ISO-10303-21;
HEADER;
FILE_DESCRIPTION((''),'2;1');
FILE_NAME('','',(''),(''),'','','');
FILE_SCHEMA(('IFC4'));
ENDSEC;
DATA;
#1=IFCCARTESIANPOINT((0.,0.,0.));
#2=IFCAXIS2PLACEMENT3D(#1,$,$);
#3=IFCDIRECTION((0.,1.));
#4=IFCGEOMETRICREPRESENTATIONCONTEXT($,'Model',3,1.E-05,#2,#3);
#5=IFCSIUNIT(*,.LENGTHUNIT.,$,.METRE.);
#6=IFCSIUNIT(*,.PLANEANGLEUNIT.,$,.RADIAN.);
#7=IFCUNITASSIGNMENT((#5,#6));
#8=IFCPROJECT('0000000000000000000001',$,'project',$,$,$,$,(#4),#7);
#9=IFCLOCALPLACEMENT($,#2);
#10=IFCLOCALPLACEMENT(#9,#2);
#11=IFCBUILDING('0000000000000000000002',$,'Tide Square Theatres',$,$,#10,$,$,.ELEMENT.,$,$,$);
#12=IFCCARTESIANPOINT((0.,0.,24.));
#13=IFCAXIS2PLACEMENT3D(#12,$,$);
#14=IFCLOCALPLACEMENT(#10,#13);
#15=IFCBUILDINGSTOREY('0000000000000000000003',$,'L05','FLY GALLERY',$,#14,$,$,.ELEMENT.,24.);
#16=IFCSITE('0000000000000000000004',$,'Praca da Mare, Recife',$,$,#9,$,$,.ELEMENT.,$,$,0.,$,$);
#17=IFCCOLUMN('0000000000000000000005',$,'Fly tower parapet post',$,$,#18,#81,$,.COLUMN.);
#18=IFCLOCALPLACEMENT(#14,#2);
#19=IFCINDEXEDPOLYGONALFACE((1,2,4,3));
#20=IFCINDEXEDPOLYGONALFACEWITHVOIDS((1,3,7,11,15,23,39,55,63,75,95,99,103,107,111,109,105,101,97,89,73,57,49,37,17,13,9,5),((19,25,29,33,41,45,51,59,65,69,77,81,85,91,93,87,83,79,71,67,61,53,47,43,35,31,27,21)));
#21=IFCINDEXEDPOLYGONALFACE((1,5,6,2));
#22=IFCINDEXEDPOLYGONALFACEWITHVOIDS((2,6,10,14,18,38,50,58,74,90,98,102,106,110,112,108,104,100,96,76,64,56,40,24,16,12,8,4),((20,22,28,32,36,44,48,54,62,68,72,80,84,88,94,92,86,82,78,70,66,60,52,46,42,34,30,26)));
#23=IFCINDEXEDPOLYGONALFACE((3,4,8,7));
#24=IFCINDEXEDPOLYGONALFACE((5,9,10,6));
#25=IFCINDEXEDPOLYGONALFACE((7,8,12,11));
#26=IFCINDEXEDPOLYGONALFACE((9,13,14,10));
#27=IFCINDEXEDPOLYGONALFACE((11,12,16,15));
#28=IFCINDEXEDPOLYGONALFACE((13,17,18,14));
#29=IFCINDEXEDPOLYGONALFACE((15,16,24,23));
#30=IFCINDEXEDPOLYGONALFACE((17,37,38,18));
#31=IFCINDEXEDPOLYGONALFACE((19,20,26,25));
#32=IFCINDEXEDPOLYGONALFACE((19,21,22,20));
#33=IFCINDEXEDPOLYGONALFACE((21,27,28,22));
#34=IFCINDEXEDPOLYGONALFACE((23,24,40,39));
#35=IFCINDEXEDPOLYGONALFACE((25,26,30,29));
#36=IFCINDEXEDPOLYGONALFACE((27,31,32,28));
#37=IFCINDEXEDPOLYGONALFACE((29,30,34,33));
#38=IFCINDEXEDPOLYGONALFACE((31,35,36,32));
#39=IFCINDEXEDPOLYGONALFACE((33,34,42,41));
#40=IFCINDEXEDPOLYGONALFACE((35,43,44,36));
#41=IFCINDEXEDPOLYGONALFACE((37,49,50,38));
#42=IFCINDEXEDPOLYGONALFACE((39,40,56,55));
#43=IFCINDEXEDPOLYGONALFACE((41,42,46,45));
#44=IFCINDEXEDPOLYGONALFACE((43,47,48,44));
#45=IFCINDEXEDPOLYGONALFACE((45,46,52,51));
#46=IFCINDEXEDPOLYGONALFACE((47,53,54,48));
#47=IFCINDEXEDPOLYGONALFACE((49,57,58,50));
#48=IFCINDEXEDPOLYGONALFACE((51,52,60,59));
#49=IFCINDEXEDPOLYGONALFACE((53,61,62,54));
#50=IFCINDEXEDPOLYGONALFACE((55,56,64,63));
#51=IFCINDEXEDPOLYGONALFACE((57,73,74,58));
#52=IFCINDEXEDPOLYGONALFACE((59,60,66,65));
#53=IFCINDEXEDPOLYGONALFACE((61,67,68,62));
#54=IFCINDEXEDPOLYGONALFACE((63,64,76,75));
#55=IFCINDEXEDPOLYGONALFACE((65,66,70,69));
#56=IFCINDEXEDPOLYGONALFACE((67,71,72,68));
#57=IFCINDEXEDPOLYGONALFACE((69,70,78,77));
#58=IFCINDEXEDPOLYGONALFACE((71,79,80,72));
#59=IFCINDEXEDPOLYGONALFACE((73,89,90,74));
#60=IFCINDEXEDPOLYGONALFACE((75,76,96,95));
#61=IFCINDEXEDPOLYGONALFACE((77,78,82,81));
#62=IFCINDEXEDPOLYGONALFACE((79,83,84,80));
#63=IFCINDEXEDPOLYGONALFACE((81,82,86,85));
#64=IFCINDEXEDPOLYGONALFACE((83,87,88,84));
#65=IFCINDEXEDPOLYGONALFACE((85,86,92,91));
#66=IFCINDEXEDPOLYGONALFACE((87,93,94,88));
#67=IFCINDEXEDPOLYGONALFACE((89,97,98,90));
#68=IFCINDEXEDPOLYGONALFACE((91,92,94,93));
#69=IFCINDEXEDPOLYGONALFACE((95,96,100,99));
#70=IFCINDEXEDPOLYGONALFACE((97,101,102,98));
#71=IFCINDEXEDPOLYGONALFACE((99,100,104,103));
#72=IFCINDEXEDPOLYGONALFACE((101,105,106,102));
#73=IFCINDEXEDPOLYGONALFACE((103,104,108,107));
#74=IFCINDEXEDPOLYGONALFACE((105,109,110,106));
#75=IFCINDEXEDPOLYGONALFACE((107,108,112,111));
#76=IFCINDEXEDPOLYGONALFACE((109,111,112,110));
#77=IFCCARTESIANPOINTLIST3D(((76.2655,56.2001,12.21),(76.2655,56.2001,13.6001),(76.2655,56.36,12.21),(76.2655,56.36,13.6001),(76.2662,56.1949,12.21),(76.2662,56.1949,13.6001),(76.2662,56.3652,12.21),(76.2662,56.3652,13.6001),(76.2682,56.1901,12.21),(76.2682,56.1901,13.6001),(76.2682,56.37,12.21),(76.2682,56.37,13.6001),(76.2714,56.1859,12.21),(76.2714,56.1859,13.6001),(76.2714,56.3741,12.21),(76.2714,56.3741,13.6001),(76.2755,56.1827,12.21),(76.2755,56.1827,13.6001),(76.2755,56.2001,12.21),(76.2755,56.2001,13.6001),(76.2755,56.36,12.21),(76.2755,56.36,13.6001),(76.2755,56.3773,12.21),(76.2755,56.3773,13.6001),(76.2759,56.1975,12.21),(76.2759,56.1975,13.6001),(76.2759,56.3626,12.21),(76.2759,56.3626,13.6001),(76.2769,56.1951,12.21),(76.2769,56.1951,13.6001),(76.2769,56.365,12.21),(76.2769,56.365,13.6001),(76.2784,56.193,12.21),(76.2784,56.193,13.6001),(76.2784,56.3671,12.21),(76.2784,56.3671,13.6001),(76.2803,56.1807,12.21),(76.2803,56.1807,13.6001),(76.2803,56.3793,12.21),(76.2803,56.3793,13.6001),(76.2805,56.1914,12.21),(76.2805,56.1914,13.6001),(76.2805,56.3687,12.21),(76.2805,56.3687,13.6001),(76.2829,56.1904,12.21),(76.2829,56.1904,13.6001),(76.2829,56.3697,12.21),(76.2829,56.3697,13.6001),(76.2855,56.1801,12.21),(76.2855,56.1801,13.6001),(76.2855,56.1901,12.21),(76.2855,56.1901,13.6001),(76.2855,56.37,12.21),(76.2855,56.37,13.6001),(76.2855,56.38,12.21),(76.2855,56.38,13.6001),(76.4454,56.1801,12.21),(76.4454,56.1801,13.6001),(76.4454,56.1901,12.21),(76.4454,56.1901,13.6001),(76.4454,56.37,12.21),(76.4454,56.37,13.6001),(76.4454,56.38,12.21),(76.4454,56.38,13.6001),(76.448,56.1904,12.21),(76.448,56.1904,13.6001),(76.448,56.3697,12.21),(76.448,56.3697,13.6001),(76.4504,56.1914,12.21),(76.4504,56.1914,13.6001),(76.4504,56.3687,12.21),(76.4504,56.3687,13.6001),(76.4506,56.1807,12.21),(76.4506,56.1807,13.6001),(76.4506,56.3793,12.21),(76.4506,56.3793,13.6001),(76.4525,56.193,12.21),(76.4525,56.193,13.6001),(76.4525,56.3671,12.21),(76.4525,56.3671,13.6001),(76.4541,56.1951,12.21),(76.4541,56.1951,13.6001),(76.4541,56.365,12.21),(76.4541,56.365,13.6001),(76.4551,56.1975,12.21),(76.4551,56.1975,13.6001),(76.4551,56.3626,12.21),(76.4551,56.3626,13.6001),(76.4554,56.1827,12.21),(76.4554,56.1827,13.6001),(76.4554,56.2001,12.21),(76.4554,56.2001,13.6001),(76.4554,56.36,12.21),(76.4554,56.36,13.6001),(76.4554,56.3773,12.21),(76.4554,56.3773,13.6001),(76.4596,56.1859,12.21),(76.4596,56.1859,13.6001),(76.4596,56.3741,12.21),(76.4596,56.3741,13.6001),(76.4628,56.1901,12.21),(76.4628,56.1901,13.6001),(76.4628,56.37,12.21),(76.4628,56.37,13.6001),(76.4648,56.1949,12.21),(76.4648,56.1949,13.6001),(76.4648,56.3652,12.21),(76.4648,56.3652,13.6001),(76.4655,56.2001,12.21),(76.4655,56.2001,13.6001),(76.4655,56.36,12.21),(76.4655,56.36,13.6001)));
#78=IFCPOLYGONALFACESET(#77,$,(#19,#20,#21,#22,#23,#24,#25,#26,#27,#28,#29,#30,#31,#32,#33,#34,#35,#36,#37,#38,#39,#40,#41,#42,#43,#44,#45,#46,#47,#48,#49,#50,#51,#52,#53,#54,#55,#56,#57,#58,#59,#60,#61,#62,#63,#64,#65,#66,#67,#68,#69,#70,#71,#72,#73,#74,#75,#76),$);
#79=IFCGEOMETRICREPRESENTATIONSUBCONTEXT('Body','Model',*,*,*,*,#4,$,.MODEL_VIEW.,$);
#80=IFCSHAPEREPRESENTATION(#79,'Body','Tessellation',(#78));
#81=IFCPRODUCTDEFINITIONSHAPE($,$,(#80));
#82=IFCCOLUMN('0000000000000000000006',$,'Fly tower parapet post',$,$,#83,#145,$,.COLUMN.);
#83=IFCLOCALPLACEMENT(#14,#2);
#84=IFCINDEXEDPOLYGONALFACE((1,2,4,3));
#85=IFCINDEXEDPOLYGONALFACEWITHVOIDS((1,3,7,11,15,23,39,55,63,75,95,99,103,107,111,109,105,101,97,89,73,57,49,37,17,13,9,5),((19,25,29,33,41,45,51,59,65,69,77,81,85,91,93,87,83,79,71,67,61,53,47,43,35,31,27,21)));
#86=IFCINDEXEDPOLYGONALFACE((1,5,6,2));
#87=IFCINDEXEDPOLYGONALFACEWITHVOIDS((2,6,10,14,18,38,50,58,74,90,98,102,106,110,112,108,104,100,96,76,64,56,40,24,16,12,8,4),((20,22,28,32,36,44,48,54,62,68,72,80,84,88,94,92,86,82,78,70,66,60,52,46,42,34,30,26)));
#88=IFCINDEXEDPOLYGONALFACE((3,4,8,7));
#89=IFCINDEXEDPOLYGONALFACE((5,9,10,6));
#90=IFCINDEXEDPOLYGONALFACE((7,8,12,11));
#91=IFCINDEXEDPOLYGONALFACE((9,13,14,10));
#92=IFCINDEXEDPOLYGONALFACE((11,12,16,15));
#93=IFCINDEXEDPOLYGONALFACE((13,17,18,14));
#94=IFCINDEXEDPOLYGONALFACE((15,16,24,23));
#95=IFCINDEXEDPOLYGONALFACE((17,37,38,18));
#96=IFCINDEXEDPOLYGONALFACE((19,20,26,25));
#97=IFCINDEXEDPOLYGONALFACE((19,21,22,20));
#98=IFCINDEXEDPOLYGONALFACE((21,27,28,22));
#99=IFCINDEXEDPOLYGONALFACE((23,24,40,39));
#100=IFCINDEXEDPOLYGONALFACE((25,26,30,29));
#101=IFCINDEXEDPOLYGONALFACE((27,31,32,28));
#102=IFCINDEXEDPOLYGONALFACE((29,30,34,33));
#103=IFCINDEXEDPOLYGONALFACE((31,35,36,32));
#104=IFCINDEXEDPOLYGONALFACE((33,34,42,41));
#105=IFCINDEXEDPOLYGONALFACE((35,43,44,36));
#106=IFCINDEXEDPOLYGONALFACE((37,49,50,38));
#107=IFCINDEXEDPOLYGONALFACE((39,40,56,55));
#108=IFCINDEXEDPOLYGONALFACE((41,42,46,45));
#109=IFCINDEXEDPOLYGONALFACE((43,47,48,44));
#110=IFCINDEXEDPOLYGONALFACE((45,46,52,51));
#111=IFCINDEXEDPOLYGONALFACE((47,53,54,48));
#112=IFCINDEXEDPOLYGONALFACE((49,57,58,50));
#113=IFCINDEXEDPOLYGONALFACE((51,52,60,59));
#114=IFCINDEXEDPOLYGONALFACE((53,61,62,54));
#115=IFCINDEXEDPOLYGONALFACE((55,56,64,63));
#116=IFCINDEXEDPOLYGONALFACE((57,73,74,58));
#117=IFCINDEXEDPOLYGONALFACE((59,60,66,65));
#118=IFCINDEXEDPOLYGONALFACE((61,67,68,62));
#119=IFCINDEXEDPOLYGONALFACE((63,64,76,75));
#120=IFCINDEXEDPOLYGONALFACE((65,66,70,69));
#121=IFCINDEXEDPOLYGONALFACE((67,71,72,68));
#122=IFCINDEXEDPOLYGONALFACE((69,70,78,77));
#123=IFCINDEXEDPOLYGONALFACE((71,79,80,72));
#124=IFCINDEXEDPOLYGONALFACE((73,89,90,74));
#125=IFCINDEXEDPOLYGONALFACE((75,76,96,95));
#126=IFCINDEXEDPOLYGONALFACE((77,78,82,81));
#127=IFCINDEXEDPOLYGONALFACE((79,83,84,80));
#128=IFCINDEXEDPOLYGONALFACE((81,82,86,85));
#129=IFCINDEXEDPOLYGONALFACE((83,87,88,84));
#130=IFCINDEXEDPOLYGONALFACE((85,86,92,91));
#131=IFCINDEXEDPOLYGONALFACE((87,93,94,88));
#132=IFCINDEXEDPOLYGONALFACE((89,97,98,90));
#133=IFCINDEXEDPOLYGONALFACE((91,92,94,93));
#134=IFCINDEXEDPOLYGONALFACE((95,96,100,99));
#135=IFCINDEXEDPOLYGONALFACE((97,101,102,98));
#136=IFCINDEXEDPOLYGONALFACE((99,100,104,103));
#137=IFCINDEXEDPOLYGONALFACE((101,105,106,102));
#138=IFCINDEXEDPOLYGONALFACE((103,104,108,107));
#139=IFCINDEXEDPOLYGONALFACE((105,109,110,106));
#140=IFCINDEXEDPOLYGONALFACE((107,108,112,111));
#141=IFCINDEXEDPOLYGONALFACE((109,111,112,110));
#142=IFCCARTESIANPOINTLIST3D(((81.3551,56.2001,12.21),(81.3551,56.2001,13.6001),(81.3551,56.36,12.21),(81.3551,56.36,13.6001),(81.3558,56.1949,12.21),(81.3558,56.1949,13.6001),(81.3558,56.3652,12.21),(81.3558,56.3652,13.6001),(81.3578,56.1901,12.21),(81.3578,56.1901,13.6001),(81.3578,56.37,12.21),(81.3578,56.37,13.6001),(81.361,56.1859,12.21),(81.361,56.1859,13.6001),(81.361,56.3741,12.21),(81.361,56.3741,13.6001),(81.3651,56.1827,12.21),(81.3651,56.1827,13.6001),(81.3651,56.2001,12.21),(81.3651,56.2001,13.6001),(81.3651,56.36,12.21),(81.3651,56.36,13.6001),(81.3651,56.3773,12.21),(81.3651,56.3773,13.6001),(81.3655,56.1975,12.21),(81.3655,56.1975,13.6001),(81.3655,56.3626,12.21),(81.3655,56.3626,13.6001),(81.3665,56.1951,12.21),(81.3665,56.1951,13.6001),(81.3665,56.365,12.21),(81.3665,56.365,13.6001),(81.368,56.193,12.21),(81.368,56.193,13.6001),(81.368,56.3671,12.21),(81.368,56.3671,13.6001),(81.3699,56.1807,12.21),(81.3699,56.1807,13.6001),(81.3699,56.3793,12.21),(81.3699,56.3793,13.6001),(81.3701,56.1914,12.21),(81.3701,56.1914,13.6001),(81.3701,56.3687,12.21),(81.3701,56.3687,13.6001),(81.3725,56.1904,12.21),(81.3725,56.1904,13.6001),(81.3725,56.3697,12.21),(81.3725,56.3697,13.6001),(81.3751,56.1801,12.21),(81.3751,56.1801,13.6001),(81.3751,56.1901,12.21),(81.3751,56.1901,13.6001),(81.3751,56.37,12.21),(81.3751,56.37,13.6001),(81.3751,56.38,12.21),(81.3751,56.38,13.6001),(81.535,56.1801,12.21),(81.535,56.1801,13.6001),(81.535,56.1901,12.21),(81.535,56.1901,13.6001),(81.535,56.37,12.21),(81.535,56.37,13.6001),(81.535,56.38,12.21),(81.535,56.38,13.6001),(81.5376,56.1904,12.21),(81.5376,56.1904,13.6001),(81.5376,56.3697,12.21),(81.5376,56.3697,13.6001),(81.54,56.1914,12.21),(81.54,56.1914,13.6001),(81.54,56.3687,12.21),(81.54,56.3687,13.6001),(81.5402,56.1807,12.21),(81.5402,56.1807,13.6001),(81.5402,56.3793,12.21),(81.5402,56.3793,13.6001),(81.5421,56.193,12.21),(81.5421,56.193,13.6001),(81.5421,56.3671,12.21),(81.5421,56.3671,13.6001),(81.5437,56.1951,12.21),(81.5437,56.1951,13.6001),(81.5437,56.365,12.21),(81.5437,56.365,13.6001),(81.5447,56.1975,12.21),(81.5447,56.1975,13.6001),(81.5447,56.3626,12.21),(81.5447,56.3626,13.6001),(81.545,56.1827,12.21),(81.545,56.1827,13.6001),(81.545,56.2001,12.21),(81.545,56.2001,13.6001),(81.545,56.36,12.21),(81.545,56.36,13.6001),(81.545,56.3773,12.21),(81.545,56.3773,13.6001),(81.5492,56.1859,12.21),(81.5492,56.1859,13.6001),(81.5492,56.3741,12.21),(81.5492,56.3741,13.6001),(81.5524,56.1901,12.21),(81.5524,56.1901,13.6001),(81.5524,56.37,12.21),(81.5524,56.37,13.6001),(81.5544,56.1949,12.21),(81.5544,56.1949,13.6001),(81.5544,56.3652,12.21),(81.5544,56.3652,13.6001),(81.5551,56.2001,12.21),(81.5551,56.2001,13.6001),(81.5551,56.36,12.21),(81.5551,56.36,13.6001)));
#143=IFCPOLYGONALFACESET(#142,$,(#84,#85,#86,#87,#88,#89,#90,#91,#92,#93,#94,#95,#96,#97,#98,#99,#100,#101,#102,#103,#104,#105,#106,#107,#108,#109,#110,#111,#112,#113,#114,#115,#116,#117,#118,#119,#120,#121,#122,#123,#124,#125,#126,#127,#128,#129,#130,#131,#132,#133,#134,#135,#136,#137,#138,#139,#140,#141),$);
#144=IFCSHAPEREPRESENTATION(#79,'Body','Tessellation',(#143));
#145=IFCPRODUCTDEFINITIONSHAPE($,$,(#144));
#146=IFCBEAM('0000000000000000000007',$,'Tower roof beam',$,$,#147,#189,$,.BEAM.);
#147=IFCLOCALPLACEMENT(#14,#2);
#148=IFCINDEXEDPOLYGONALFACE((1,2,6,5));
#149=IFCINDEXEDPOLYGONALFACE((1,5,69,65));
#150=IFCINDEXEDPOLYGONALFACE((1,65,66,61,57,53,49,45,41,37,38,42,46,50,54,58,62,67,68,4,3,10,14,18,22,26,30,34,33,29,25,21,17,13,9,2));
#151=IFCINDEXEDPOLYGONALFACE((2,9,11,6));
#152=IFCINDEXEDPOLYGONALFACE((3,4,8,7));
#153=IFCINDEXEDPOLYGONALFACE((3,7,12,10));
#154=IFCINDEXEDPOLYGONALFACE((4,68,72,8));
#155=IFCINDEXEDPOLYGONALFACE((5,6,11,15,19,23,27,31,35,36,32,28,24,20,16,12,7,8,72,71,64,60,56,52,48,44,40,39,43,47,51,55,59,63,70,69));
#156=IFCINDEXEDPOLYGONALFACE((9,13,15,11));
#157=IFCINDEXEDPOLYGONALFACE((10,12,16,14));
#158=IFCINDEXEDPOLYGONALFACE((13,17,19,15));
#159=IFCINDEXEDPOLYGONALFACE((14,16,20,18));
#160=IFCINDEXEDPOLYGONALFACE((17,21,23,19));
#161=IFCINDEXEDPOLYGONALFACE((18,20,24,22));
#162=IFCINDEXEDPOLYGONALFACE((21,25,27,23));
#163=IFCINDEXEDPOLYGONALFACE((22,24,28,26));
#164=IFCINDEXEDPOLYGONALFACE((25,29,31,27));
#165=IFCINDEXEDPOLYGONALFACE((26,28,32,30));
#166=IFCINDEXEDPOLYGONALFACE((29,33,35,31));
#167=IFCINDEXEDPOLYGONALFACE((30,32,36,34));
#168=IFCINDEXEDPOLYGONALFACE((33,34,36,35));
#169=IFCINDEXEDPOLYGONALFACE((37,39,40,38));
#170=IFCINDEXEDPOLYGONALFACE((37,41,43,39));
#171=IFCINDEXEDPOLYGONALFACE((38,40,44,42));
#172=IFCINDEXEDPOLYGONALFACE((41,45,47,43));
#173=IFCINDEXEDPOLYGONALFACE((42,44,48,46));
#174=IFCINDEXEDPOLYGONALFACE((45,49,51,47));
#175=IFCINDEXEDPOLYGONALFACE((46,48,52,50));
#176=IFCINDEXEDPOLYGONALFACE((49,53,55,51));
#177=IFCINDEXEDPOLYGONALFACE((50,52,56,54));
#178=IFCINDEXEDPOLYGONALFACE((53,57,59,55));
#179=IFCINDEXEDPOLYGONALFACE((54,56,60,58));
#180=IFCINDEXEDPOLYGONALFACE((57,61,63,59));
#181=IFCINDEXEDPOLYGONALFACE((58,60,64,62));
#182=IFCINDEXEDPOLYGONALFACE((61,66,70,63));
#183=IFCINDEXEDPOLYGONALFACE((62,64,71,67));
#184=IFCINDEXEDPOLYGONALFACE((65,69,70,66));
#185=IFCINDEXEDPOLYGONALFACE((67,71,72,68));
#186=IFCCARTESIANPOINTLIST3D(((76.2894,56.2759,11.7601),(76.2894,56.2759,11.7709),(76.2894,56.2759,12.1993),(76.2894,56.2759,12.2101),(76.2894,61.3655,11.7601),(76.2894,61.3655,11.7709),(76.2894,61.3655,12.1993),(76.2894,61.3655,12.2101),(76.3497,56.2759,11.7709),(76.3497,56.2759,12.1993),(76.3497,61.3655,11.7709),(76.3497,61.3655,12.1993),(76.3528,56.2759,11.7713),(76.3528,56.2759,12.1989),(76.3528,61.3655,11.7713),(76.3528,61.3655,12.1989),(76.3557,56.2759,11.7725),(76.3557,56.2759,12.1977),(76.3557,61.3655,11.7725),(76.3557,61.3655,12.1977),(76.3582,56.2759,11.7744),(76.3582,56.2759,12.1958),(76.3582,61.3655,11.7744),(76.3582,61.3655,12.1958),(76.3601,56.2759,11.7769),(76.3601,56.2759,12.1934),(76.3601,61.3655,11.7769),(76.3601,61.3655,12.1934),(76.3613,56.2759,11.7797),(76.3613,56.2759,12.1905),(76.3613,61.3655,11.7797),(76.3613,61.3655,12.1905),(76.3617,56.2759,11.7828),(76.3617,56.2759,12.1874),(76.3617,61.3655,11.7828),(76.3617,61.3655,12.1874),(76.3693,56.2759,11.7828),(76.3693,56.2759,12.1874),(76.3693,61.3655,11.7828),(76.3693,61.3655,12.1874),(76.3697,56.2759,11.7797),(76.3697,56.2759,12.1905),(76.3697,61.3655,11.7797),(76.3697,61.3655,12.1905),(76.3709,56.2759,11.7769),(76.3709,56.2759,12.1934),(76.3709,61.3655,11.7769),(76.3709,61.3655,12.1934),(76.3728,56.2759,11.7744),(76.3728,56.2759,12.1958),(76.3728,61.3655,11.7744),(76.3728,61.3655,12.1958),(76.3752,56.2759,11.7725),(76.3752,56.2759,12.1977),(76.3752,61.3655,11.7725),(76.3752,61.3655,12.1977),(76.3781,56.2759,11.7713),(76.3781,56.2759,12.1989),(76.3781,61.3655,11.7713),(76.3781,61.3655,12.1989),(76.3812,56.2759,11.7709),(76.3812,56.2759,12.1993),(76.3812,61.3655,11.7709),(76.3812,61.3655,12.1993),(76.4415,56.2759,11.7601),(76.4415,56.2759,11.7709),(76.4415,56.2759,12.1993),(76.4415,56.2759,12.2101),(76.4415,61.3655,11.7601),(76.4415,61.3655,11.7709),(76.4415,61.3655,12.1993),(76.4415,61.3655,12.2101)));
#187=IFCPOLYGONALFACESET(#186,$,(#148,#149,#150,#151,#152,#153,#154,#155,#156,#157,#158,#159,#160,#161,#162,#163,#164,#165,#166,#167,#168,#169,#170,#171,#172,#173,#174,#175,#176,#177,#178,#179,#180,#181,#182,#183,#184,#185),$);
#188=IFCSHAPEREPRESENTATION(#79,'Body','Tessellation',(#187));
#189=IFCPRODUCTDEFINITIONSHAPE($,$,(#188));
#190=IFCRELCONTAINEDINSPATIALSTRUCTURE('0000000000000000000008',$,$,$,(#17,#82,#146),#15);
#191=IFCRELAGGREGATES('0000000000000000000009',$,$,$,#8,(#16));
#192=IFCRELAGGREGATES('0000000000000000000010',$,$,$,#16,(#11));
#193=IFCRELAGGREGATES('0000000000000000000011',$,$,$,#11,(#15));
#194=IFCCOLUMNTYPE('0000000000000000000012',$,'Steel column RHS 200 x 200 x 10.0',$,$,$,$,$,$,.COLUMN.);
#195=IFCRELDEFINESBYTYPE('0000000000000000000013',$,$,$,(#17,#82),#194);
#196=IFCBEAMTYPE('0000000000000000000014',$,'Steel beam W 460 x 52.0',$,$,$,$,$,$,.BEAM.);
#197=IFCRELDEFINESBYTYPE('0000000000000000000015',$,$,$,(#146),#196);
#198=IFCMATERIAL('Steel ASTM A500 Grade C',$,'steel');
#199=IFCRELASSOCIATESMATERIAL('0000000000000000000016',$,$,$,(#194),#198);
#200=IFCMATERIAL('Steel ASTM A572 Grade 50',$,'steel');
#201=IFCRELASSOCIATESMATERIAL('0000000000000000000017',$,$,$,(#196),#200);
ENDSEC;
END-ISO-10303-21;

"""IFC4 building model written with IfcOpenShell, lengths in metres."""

from ifc_helpers import new_model, si_unit, direction, frame, origin, origin_2d, place, context, subcontext, project, spatial, hollow_rectangle, i_section, extrude, material, material_profile, profile_set, type_object, element, save


model = new_model("IFC4")

# Units and contexts
model_context = context("Model", 3, precision=1e-05, world=origin(), true_north=direction((0.0, 1.0)))
body_context = subcontext(model_context, "Body", "Model", "MODEL_VIEW")
ifc_project = project(units=[si_unit("LENGTHUNIT", "METRE"), si_unit("PLANEANGLEUNIT", "RADIAN")], contexts=[model_context])

# Site, building, storey
site_placement = place(None, origin())
site = spatial("IfcSite", under=ifc_project, at=site_placement, Name="Praca da Mare, Recife", CompositionType="ELEMENT", RefElevation=0.0)
building_placement = place(site_placement, origin())
building = spatial("IfcBuilding", under=site, at=building_placement, Name="Tide Square Theatres", CompositionType="ELEMENT")
storey_placement = place(building_placement, frame((0.0, 0.0, 24.0)))
storey = spatial("IfcBuildingStorey", under=building, at=storey_placement, Name="L05", Description="FLY GALLERY", CompositionType="ELEMENT", Elevation=24.0)

# Columns
ifc_material_1 = material(Name="Steel ASTM A500 Grade C", Category="steel")
ifc_material_profile_1 = material_profile(ifc_material_1, hollow_rectangle(XDim=0.2, YDim=0.2, WallThickness=0.01, InnerFilletRadius=0.01, OuterFilletRadius=0.02, at=origin_2d()))
ifc_profile_set_1 = profile_set([ifc_material_profile_1], Name="Steel ASTM A500 Grade C")
column_type = type_object("IfcColumnType", Name="Steel column RHS 200 x 200 x 10.0", PredefinedType="COLUMN", material=ifc_profile_set_1)
for number, where, z_axis, x_axis, name in (
    (1, (76.3655, 56.28, 12.21), (0.0, 0.0, 1.0), (1.0, 0.0, 0.0), "Fly tower parapet post"),
    (2, (81.4551, 56.28, 12.21), (0.0, 0.0, 1.0), (1.0, 0.0, 0.0), "Fly tower parapet post"),
):
    element("IfcColumn", number, at=place(storey_placement, frame(where, z_axis=z_axis, x_axis=x_axis)), inside=storey, type_object=column_type, Name=name, PredefinedType="COLUMN", context=body_context, shape_type="SweptSolid", body=[
        extrude(hollow_rectangle(XDim=0.2, YDim=0.2, WallThickness=0.01, InnerFilletRadius=0.01, OuterFilletRadius=0.02, at=origin_2d()), origin(), (0.0, 0.0, 1.0), 1.3901),
    ])

# Beam
ifc_material_2 = material(Name="Steel ASTM A572 Grade 50", Category="steel")
ifc_material_profile_2 = material_profile(ifc_material_2, i_section(OverallWidth=0.1521, OverallDepth=0.45, WebThickness=0.0076, FlangeThickness=0.0107, FilletRadius=0.012, at=origin_2d()))
ifc_profile_set_2 = profile_set([ifc_material_profile_2], Name="Steel ASTM A572 Grade 50")
beam_type_1 = type_object("IfcBeamType", Name="Steel beam W 460 x 52.0", PredefinedType="BEAM", material=ifc_profile_set_2)
for number, where, z_axis, x_axis, name in (
    (3, (76.3655, 56.2759, 11.9851), (0.0, 1.0, 0.0), (-1.0, 0.0, 0.0), "Tower roof beam"),
):
    element("IfcBeam", number, at=place(storey_placement, frame(where, z_axis=z_axis, x_axis=x_axis)), inside=storey, type_object=beam_type_1, Name=name, PredefinedType="BEAM", context=body_context, shape_type="SweptSolid", body=[
        extrude(i_section(OverallWidth=0.1521, OverallDepth=0.45, WebThickness=0.0076, FlangeThickness=0.0107, FilletRadius=0.012, at=origin_2d()), origin(), (0.0, 0.0, 1.0), 5.0896),
    ])

save(model, "model.ifc")
